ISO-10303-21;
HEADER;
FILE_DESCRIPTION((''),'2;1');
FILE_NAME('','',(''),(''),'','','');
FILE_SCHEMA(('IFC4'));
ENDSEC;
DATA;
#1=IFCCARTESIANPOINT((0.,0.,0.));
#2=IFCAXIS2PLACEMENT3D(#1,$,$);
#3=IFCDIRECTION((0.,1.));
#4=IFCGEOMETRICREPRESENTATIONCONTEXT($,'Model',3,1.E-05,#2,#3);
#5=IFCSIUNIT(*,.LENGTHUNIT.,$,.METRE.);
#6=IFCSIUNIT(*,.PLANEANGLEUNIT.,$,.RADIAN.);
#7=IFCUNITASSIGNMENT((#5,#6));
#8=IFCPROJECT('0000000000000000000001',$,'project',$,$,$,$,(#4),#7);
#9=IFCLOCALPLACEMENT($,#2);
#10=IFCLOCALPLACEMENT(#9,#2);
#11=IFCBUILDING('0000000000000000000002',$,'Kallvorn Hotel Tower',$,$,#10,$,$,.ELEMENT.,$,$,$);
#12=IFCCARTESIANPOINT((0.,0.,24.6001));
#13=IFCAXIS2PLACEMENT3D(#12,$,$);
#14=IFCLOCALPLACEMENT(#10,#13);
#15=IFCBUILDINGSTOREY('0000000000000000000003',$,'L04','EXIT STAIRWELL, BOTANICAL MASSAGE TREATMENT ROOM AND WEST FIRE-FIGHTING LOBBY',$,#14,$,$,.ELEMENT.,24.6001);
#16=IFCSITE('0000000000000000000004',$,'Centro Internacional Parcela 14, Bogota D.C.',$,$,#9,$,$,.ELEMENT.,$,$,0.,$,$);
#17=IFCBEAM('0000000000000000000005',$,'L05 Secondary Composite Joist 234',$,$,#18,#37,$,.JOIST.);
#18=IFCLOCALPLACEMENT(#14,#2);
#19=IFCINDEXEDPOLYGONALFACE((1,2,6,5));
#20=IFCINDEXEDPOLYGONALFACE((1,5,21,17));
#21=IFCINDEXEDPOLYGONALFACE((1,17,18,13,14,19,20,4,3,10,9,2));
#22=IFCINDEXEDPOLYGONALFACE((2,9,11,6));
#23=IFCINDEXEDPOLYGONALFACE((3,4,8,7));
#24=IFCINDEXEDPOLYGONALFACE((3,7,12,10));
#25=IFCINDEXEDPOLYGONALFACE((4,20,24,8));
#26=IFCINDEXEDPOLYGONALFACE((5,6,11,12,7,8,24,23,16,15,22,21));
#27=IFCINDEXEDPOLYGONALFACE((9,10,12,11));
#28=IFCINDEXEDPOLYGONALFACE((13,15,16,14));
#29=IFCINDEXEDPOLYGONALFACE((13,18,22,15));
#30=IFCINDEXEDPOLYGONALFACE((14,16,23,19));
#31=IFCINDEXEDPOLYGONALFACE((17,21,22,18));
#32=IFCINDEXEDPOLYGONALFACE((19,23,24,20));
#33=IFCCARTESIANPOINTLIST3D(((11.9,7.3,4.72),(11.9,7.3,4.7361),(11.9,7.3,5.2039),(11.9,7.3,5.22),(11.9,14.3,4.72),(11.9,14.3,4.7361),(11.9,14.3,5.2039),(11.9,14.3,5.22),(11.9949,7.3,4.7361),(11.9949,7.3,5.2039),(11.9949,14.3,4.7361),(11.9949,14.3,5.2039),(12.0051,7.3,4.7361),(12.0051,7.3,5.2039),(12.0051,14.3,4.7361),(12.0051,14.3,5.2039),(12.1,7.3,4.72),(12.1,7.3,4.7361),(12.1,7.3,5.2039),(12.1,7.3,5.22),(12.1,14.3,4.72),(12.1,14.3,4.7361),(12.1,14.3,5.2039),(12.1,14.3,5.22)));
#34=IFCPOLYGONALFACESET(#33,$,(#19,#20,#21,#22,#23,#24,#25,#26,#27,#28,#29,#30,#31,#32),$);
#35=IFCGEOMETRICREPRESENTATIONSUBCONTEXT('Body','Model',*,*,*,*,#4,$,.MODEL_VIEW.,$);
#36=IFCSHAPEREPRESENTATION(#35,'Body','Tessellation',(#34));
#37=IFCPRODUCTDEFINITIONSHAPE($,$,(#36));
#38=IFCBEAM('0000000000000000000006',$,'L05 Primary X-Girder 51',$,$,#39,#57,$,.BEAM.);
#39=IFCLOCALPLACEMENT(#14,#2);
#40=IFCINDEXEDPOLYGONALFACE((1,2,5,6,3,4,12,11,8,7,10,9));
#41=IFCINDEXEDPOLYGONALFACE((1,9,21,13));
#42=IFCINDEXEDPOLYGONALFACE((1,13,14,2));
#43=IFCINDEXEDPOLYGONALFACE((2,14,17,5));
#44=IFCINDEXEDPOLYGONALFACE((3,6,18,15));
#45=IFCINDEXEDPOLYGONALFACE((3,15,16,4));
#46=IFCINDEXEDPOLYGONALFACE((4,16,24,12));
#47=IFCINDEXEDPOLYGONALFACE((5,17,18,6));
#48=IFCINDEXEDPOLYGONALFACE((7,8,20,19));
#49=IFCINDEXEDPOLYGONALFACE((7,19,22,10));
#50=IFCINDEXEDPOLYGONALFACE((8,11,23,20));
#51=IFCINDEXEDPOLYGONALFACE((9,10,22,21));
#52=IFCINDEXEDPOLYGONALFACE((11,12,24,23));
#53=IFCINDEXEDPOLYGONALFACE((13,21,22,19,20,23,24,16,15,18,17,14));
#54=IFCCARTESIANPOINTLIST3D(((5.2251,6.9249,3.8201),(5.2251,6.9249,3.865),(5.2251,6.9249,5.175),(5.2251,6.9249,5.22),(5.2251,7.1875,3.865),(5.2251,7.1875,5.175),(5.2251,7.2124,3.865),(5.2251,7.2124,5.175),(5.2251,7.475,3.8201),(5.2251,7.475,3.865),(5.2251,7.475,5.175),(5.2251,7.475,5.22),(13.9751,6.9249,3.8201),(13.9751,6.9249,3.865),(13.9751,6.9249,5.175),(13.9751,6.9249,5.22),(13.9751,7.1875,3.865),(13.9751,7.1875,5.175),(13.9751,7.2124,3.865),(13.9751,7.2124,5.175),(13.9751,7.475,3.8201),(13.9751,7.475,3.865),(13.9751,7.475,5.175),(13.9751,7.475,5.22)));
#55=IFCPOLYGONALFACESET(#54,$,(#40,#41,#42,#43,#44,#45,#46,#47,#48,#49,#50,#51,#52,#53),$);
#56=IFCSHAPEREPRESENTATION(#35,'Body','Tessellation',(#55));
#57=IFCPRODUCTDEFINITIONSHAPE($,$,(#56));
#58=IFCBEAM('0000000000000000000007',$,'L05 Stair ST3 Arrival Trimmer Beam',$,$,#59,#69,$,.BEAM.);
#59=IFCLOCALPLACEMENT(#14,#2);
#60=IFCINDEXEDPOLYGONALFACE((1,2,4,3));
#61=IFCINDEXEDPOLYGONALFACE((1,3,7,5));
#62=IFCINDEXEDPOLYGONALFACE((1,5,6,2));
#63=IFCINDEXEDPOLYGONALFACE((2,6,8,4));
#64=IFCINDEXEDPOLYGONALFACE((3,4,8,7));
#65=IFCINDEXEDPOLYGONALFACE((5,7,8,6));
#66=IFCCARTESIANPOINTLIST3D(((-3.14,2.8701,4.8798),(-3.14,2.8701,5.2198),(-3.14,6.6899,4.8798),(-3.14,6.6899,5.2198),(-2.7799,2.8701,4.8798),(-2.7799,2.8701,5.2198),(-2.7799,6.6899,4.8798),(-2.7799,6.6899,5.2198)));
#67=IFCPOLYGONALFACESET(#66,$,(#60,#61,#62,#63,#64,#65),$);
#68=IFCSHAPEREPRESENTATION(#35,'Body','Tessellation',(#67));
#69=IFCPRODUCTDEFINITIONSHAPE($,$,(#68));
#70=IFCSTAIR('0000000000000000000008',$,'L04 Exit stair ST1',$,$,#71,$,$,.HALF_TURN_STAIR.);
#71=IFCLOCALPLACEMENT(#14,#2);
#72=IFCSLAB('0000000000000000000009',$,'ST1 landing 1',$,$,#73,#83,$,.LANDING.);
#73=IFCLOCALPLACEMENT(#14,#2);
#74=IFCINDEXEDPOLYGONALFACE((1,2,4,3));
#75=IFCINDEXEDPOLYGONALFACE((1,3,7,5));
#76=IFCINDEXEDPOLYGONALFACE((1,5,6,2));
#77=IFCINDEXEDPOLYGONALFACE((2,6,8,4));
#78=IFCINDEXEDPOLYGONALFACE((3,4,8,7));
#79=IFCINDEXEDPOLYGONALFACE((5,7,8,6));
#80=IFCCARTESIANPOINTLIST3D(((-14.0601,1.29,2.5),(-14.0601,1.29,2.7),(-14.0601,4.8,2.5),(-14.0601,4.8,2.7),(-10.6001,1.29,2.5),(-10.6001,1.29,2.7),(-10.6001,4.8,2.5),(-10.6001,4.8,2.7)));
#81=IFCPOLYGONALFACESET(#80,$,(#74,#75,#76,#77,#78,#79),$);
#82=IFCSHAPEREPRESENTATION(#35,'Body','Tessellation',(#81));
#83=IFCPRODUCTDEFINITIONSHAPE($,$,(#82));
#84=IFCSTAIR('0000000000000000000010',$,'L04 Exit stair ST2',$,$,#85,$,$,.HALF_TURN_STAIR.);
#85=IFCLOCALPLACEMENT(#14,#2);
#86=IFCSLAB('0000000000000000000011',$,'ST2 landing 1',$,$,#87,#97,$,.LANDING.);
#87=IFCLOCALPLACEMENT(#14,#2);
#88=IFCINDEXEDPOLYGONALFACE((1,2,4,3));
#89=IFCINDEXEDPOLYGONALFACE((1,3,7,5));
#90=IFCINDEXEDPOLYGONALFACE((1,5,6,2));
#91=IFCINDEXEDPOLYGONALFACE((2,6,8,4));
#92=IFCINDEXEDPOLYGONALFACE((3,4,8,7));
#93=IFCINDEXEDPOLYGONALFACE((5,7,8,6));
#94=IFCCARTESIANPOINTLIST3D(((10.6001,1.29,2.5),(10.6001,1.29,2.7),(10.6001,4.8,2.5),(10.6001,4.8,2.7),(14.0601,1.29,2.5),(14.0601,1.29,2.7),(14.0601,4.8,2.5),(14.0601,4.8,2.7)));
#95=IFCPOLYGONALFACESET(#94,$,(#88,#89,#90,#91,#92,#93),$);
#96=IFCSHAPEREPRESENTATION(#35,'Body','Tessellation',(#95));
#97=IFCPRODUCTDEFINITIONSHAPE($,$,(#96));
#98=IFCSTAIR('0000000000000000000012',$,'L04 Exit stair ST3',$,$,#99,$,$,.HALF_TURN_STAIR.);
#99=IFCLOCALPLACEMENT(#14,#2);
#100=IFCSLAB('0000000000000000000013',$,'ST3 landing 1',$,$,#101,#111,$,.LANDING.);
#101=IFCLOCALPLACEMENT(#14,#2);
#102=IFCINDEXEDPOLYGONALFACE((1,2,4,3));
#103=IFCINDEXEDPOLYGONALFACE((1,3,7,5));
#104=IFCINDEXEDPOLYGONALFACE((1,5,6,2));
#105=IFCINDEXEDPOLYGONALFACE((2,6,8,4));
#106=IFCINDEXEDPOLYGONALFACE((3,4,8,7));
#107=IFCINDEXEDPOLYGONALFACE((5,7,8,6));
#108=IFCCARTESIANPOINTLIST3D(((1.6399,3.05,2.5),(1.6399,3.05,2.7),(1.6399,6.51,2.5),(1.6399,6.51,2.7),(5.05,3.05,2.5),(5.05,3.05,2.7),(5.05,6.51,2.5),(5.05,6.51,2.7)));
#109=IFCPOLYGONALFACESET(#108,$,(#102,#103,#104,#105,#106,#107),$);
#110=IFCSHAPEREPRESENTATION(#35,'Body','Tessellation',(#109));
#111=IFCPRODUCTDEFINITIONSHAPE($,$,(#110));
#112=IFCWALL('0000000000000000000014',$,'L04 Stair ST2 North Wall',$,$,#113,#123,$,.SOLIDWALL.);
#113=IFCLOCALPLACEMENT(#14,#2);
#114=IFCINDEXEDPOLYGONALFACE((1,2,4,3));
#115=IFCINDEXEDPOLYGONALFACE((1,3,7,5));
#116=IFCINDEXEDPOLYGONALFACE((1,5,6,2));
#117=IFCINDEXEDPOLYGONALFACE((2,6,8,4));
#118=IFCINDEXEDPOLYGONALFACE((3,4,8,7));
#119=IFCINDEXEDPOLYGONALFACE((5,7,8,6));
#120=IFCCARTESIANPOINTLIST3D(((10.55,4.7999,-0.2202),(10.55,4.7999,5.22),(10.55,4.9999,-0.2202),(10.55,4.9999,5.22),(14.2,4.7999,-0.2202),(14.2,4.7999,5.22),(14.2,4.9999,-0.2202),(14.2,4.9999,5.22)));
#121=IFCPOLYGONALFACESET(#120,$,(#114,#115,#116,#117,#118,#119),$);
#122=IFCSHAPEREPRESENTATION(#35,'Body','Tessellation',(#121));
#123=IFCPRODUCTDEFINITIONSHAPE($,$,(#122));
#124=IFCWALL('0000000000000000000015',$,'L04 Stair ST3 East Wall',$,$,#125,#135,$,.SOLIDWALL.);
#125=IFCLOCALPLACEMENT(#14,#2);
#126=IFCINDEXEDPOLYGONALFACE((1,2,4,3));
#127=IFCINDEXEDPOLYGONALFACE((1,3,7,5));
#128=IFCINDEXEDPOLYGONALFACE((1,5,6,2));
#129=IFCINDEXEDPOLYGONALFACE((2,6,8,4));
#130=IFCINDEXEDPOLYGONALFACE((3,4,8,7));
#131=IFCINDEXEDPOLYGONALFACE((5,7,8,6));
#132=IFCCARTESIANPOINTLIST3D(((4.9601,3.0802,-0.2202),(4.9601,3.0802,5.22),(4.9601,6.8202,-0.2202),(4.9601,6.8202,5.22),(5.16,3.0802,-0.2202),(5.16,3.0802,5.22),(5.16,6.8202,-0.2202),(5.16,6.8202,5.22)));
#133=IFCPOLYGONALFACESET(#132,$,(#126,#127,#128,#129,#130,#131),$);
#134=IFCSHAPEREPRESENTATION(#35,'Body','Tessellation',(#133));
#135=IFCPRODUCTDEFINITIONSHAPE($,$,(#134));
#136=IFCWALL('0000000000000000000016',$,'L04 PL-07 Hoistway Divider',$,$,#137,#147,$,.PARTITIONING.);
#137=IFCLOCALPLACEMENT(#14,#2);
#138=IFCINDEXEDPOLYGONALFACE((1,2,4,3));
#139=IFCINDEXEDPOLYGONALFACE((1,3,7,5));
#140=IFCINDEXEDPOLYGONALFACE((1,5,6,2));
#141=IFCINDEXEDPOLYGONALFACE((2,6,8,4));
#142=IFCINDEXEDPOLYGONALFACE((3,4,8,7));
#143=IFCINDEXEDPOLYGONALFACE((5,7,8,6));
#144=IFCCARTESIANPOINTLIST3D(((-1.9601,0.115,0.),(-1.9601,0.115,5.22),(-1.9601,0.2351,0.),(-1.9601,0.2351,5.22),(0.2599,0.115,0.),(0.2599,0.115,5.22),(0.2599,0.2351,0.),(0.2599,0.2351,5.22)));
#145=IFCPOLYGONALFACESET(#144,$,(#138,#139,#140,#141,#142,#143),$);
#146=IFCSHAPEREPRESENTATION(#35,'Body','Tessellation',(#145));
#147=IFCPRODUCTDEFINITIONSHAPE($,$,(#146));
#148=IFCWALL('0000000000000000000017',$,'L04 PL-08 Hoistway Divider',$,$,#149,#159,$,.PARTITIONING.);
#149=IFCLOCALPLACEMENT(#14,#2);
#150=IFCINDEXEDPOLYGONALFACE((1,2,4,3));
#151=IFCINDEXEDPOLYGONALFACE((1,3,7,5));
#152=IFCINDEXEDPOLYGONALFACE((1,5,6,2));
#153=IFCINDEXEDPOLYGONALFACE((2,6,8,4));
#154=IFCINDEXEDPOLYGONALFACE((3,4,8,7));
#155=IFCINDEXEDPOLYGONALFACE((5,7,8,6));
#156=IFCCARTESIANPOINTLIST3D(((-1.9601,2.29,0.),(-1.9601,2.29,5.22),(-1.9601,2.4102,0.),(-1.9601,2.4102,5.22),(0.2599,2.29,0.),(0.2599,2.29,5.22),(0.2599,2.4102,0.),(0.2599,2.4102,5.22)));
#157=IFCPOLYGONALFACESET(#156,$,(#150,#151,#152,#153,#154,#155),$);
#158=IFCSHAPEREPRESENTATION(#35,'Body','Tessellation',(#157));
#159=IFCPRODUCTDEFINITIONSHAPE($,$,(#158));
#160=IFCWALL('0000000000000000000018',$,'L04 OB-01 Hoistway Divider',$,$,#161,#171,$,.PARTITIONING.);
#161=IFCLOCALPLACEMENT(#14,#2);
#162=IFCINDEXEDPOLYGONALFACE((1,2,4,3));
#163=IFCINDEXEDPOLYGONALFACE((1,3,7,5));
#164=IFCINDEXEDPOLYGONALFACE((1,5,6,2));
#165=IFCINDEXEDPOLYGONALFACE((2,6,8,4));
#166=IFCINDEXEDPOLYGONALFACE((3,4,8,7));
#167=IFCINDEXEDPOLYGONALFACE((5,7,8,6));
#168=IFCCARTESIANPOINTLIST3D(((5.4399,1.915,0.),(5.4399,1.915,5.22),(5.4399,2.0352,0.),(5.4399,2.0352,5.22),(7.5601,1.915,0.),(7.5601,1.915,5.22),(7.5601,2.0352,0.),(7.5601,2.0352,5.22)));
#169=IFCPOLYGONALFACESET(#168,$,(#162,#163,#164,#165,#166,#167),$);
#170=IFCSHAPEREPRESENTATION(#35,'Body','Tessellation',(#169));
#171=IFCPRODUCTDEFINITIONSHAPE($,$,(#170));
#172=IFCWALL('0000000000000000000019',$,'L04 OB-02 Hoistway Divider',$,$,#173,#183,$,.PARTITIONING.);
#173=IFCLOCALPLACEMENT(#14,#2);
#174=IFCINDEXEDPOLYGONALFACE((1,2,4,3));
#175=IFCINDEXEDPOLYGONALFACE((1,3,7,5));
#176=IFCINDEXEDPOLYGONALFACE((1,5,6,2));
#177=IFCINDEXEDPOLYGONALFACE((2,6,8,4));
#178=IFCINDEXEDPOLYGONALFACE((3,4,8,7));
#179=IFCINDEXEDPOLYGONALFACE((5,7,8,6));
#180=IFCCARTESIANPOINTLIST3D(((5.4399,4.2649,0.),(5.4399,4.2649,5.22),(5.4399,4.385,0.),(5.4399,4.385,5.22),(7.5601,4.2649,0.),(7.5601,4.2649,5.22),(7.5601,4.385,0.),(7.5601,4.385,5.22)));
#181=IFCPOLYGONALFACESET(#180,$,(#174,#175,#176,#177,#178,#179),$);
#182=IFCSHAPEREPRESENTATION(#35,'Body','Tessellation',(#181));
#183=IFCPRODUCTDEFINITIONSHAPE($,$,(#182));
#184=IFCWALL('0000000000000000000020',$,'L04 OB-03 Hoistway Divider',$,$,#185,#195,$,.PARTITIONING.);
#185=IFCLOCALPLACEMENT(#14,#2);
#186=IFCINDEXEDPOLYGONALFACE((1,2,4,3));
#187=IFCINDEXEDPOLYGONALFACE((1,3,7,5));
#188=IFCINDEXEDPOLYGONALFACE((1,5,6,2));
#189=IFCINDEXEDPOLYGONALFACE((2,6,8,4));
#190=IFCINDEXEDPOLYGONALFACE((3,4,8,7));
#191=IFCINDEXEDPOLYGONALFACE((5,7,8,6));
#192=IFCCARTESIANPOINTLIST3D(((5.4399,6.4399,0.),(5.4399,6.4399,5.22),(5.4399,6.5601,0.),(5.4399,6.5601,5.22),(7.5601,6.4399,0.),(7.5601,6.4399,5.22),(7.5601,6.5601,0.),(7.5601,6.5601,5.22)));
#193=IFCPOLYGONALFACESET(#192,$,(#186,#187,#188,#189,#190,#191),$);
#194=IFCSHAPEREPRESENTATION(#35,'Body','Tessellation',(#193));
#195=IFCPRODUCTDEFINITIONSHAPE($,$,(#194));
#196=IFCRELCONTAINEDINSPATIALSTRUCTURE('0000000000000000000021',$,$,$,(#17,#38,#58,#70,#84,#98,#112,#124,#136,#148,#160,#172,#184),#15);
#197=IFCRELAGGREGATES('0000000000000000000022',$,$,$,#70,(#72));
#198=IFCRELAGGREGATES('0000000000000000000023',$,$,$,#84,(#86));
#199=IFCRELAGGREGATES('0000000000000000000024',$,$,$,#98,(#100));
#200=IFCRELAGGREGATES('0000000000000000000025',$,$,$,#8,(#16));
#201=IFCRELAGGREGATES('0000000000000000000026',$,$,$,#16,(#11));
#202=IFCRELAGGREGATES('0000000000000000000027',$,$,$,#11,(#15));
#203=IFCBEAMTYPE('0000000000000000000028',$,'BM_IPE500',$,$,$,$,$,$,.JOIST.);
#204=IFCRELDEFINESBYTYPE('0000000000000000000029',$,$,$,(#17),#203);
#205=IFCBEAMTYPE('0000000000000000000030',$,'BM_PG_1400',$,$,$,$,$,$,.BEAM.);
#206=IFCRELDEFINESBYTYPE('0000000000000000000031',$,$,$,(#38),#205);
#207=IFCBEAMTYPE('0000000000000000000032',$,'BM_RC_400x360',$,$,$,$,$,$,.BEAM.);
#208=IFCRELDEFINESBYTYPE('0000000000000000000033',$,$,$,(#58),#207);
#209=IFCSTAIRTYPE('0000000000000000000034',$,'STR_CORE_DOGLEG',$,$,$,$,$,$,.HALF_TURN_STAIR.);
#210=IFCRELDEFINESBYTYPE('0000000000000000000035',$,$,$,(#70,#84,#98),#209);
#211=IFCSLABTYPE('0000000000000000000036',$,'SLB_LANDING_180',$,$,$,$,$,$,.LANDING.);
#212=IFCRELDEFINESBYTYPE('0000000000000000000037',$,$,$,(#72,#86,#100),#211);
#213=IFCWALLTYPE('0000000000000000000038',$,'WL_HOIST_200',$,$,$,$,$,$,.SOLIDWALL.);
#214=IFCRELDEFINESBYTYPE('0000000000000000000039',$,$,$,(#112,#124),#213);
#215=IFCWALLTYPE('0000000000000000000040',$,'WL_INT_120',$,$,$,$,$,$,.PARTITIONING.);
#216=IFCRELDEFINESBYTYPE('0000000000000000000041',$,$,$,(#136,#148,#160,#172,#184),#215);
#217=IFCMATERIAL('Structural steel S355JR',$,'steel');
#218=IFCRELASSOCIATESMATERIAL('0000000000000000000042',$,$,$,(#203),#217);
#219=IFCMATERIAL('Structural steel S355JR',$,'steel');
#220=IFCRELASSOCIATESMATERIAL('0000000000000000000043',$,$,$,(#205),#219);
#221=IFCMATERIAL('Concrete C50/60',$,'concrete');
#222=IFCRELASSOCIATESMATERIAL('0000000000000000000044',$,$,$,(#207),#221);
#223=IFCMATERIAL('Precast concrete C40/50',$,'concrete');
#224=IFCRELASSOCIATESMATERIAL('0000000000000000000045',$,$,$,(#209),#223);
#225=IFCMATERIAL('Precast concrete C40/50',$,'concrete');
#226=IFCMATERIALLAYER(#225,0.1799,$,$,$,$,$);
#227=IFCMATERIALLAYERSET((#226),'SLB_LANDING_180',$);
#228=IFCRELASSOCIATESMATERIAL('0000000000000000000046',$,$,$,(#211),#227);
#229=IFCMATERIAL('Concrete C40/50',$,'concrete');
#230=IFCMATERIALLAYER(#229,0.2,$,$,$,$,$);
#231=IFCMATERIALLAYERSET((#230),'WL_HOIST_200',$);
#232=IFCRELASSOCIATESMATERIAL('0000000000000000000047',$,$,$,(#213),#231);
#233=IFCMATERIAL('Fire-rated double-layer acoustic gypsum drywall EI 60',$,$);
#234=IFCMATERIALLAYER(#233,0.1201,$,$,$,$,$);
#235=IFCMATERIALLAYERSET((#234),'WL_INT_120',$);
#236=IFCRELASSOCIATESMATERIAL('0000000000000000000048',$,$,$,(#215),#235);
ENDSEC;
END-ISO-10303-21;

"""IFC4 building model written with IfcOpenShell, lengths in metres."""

from ifc_helpers import new_model, si_unit, direction, frame, frame_2d, origin, origin_2d, place, context, subcontext, project, spatial, polyline, rectangle, i_section, outline, extrude, material, layer, layer_set, material_profile, profile_set, type_object, element, aggregate, save


model = new_model("IFC4")

# Units and contexts
model_context = context("Model", 3, precision=1e-05, world=origin(), true_north=direction((0.0, 1.0)))
body_context = subcontext(model_context, "Body", "Model", "MODEL_VIEW")
ifc_project = project(units=[si_unit("LENGTHUNIT", "METRE"), si_unit("PLANEANGLEUNIT", "RADIAN")], contexts=[model_context])

# Site, building, storey
site_placement = place(None, origin())
site = spatial("IfcSite", under=ifc_project, at=site_placement, Name="Centro Internacional Parcela 14, Bogota D.C.", CompositionType="ELEMENT", RefElevation=0.0)
building_placement = place(site_placement, origin())
building = spatial("IfcBuilding", under=site, at=building_placement, Name="Kallvorn Hotel Tower", CompositionType="ELEMENT")
storey_placement = place(building_placement, frame((0.0, 0.0, 24.6001)))
storey = spatial("IfcBuildingStorey", under=building, at=storey_placement, Name="L04", Description="EXIT STAIRWELL, BOTANICAL MASSAGE TREATMENT ROOM AND WEST FIRE-FIGHTING LOBBY", CompositionType="ELEMENT", Elevation=24.6001)

# Beams
ifc_material_1 = material(Name="Structural steel S355JR", Category="steel")
ifc_material_profile_1 = material_profile(ifc_material_1, i_section(OverallWidth=0.2, OverallDepth=0.5, WebThickness=0.0103, FlangeThickness=0.0161, at=origin_2d()), Name="IPE 500")
ifc_profile_set_1 = profile_set([ifc_material_profile_1], Name="Structural steel S355JR")
beam_type_1 = type_object("IfcBeamType", Name="BM_IPE500", PredefinedType="JOIST", material=ifc_profile_set_1)
for number, where, z_axis, x_axis, name in (
    (1, (12.0, 7.3, 4.97), (0.0, 1.0, 0.0), (-1.0, 0.0, 0.0), "L05 Secondary Composite Joist 234"),
):
    element("IfcBeam", number, at=place(storey_placement, frame(where, z_axis=z_axis, x_axis=x_axis)), inside=storey, type_object=beam_type_1, Name=name, PredefinedType="JOIST", context=body_context, shape_type="SweptSolid", body=[
        extrude(i_section(OverallWidth=0.2, OverallDepth=0.5, WebThickness=0.0103, FlangeThickness=0.0161, at=origin_2d()), origin(), (0.0, 0.0, 1.0), 7.0),
    ])
ifc_material_2 = material(Name="Structural steel S355JR", Category="steel")
ifc_material_profile_2 = material_profile(ifc_material_2, i_section(OverallWidth=0.55, OverallDepth=1.3999, WebThickness=0.0249, FlangeThickness=0.0449, at=origin_2d()), Name="PG 1400x550x25x45")
ifc_profile_set_2 = profile_set([ifc_material_profile_2], Name="Structural steel S355JR")
beam_type_2 = type_object("IfcBeamType", Name="BM_PG_1400", PredefinedType="BEAM", material=ifc_profile_set_2)
beam_1_placement = place(storey_placement, frame((5.2251, 7.2, 4.52), z_axis=(1.0, 0.0, 0.0), x_axis=(0.0, 1.0, 0.0)))
element("IfcBeam", 2, at=beam_1_placement, inside=storey, type_object=beam_type_2, Name="L05 Primary X-Girder 51", PredefinedType="BEAM", context=body_context, shape_type="SweptSolid", body=[
    extrude(i_section(OverallWidth=0.55, OverallDepth=1.3999, WebThickness=0.0249, FlangeThickness=0.0449, at=origin_2d()), origin(), (0.0, 0.0, 1.0), 8.75),
])
ifc_material_3 = material(Name="Concrete C50/60", Category="concrete")
ifc_material_profile_3 = material_profile(ifc_material_3, rectangle(XDim=0.3601, YDim=0.3401, at=origin_2d()), Name="RC 360x340")
ifc_profile_set_3 = profile_set([ifc_material_profile_3], Name="Concrete C50/60")
beam_type_3 = type_object("IfcBeamType", Name="BM_RC_400x360", PredefinedType="BEAM", material=ifc_profile_set_3)
beam_2_placement = place(storey_placement, frame((-2.96, 2.8701, 5.0498), z_axis=(0.0, 1.0, 0.0), x_axis=(-1.0, 0.0, 0.0)))
element("IfcBeam", 3, at=beam_2_placement, inside=storey, type_object=beam_type_3, Name="L05 Stair ST3 Arrival Trimmer Beam", PredefinedType="BEAM", context=body_context, shape_type="SweptSolid", body=[
    extrude(rectangle(XDim=0.3601, YDim=0.3401, at=origin_2d()), origin(), (0.0, 0.0, 1.0), 3.8198),
])

# Stairs, slabs
ifc_material_4 = material(Name="Precast concrete C40/50", Category="concrete")
stair_type = type_object("IfcStairType", Name="STR_CORE_DOGLEG", PredefinedType="HALF_TURN_STAIR", material=ifc_material_4)
stair_1_placement = place(storey_placement, origin())
stair_1 = element("IfcStair", 4, at=stair_1_placement, inside=storey, type_object=stair_type, Name="L04 Exit stair ST1", PredefinedType="HALF_TURN_STAIR")
ifc_material_5 = material(Name="Precast concrete C40/50", Category="concrete")
ifc_layer_1 = layer(ifc_material_5, 0.1799)
ifc_layer_set_1 = layer_set([ifc_layer_1], Name="SLB_LANDING_180")
slab_type = type_object("IfcSlabType", Name="SLB_LANDING_180", PredefinedType="LANDING", material=ifc_layer_set_1)
slab_1_placement = place(storey_placement, frame((0.0, 0.0, 2.5)))
slab_1 = element("IfcSlab", 5, at=slab_1_placement, type_object=slab_type, Name="ST1 landing 1", PredefinedType="LANDING", context=body_context, shape_type="SweptSolid", body=[
    extrude(outline(polyline([(-10.6001, 1.29), (-10.6001, 4.8), (-14.0601, 4.8), (-14.0601, 1.29), (-10.6001, 1.29)])), origin(), (0.0, 0.0, 1.0), 0.2),
])
aggregate(stair_1, [slab_1])
stair_2_placement = place(storey_placement, origin())
stair_2 = element("IfcStair", 6, at=stair_2_placement, inside=storey, type_object=stair_type, Name="L04 Exit stair ST2", PredefinedType="HALF_TURN_STAIR")
slab_2_placement = place(storey_placement, frame((0.0, 0.0, 2.5)))
slab_2 = element("IfcSlab", 7, at=slab_2_placement, type_object=slab_type, Name="ST2 landing 1", PredefinedType="LANDING", context=body_context, shape_type="SweptSolid", body=[
    extrude(outline(polyline([(14.0601, 1.29), (14.0601, 4.8), (10.6001, 4.8), (10.6001, 1.29), (14.0601, 1.29)])), origin(), (0.0, 0.0, 1.0), 0.2),
])
stair_3_placement = place(storey_placement, origin())
stair_3 = element("IfcStair", 8, at=stair_3_placement, inside=storey, type_object=stair_type, Name="L04 Exit stair ST3", PredefinedType="HALF_TURN_STAIR")
slab_3_placement = place(storey_placement, frame((0.0, 0.0, 2.5)))
slab_3 = element("IfcSlab", 9, at=slab_3_placement, type_object=slab_type, Name="ST3 landing 1", PredefinedType="LANDING", context=body_context, shape_type="SweptSolid", body=[
    extrude(outline(polyline([(1.6399, 3.05), (5.05, 3.05), (5.05, 6.51), (1.6399, 6.51), (1.6399, 3.05)])), origin(), (0.0, 0.0, 1.0), 0.2),
])

# Walls
ifc_material_6 = material(Name="Concrete C40/50", Category="concrete")
ifc_layer_2 = layer(ifc_material_6, 0.2)
ifc_layer_set_2 = layer_set([ifc_layer_2], Name="WL_HOIST_200")
wall_type_1 = type_object("IfcWallType", Name="WL_HOIST_200", PredefinedType="SOLIDWALL", material=ifc_layer_set_2)
wall_1_placement = place(storey_placement, frame((10.55, 4.8999, -0.2202), z_axis=(0.0, 0.0, 1.0), x_axis=(1.0, 0.0, 0.0)))
element("IfcWall", 10, at=wall_1_placement, inside=storey, type_object=wall_type_1, Name="L04 Stair ST2 North Wall", PredefinedType="SOLIDWALL", context=body_context, shape_type="SweptSolid", body=[
    extrude(rectangle(XDim=3.6499, YDim=0.2, at=frame_2d((1.825, 0.0))), origin(), (0.0, 0.0, 1.0), 5.4402),
])
wall_2_placement = place(storey_placement, frame((5.0601, 3.0801, -0.2202), z_axis=(0.0, 0.0, 1.0), x_axis=(0.0, 1.0, 0.0)))
element("IfcWall", 11, at=wall_2_placement, inside=storey, type_object=wall_type_1, Name="L04 Stair ST3 East Wall", PredefinedType="SOLIDWALL", context=body_context, shape_type="SweptSolid", body=[
    extrude(rectangle(XDim=3.74, YDim=0.2, at=frame_2d((1.8701, 0.0))), origin(), (0.0, 0.0, 1.0), 5.4402),
])
ifc_material_7 = material(Name="Fire-rated double-layer acoustic gypsum drywall EI 60")
ifc_layer_3 = layer(ifc_material_7, 0.1201)
ifc_layer_set_3 = layer_set([ifc_layer_3], Name="WL_INT_120")
wall_type_2 = type_object("IfcWallType", Name="WL_INT_120", PredefinedType="PARTITIONING", material=ifc_layer_set_3)
for number, where, z_axis, x_axis, name in (
    (12, (-1.96, 0.175, 0.0), (0.0, 0.0, 1.0), (1.0, 0.0, 0.0), "L04 PL-07 Hoistway Divider"),
    (13, (-1.96, 2.3501, 0.0), (0.0, 0.0, 1.0), (1.0, 0.0, 0.0), "L04 PL-08 Hoistway Divider"),
):
    element("IfcWall", number, at=place(storey_placement, frame(where, z_axis=z_axis, x_axis=x_axis)), inside=storey, type_object=wall_type_2, Name=name, PredefinedType="PARTITIONING", context=body_context, shape_type="SweptSolid", body=[
        extrude(rectangle(XDim=2.22, YDim=0.1201, at=frame_2d((1.1099, 0.0))), origin(), (0.0, 0.0, 1.0), 5.22),
    ])
for number, where, z_axis, x_axis, name in (
    (14, (5.4399, 1.9751, 0.0), (0.0, 0.0, 1.0), (1.0, 0.0, 0.0), "L04 OB-01 Hoistway Divider"),
    (15, (5.4399, 4.325, 0.0), (0.0, 0.0, 1.0), (1.0, 0.0, 0.0), "L04 OB-02 Hoistway Divider"),
    (16, (5.4399, 6.5, 0.0), (0.0, 0.0, 1.0), (1.0, 0.0, 0.0), "L04 OB-03 Hoistway Divider"),
):
    element("IfcWall", number, at=place(storey_placement, frame(where, z_axis=z_axis, x_axis=x_axis)), inside=storey, type_object=wall_type_2, Name=name, PredefinedType="PARTITIONING", context=body_context, shape_type="SweptSolid", body=[
        extrude(rectangle(XDim=2.1201, YDim=0.1201, at=frame_2d((1.0601, 0.0))), origin(), (0.0, 0.0, 1.0), 5.22),
    ])

aggregate(stair_2, [slab_2])
aggregate(stair_3, [slab_3])

save(model, "model.ifc")
